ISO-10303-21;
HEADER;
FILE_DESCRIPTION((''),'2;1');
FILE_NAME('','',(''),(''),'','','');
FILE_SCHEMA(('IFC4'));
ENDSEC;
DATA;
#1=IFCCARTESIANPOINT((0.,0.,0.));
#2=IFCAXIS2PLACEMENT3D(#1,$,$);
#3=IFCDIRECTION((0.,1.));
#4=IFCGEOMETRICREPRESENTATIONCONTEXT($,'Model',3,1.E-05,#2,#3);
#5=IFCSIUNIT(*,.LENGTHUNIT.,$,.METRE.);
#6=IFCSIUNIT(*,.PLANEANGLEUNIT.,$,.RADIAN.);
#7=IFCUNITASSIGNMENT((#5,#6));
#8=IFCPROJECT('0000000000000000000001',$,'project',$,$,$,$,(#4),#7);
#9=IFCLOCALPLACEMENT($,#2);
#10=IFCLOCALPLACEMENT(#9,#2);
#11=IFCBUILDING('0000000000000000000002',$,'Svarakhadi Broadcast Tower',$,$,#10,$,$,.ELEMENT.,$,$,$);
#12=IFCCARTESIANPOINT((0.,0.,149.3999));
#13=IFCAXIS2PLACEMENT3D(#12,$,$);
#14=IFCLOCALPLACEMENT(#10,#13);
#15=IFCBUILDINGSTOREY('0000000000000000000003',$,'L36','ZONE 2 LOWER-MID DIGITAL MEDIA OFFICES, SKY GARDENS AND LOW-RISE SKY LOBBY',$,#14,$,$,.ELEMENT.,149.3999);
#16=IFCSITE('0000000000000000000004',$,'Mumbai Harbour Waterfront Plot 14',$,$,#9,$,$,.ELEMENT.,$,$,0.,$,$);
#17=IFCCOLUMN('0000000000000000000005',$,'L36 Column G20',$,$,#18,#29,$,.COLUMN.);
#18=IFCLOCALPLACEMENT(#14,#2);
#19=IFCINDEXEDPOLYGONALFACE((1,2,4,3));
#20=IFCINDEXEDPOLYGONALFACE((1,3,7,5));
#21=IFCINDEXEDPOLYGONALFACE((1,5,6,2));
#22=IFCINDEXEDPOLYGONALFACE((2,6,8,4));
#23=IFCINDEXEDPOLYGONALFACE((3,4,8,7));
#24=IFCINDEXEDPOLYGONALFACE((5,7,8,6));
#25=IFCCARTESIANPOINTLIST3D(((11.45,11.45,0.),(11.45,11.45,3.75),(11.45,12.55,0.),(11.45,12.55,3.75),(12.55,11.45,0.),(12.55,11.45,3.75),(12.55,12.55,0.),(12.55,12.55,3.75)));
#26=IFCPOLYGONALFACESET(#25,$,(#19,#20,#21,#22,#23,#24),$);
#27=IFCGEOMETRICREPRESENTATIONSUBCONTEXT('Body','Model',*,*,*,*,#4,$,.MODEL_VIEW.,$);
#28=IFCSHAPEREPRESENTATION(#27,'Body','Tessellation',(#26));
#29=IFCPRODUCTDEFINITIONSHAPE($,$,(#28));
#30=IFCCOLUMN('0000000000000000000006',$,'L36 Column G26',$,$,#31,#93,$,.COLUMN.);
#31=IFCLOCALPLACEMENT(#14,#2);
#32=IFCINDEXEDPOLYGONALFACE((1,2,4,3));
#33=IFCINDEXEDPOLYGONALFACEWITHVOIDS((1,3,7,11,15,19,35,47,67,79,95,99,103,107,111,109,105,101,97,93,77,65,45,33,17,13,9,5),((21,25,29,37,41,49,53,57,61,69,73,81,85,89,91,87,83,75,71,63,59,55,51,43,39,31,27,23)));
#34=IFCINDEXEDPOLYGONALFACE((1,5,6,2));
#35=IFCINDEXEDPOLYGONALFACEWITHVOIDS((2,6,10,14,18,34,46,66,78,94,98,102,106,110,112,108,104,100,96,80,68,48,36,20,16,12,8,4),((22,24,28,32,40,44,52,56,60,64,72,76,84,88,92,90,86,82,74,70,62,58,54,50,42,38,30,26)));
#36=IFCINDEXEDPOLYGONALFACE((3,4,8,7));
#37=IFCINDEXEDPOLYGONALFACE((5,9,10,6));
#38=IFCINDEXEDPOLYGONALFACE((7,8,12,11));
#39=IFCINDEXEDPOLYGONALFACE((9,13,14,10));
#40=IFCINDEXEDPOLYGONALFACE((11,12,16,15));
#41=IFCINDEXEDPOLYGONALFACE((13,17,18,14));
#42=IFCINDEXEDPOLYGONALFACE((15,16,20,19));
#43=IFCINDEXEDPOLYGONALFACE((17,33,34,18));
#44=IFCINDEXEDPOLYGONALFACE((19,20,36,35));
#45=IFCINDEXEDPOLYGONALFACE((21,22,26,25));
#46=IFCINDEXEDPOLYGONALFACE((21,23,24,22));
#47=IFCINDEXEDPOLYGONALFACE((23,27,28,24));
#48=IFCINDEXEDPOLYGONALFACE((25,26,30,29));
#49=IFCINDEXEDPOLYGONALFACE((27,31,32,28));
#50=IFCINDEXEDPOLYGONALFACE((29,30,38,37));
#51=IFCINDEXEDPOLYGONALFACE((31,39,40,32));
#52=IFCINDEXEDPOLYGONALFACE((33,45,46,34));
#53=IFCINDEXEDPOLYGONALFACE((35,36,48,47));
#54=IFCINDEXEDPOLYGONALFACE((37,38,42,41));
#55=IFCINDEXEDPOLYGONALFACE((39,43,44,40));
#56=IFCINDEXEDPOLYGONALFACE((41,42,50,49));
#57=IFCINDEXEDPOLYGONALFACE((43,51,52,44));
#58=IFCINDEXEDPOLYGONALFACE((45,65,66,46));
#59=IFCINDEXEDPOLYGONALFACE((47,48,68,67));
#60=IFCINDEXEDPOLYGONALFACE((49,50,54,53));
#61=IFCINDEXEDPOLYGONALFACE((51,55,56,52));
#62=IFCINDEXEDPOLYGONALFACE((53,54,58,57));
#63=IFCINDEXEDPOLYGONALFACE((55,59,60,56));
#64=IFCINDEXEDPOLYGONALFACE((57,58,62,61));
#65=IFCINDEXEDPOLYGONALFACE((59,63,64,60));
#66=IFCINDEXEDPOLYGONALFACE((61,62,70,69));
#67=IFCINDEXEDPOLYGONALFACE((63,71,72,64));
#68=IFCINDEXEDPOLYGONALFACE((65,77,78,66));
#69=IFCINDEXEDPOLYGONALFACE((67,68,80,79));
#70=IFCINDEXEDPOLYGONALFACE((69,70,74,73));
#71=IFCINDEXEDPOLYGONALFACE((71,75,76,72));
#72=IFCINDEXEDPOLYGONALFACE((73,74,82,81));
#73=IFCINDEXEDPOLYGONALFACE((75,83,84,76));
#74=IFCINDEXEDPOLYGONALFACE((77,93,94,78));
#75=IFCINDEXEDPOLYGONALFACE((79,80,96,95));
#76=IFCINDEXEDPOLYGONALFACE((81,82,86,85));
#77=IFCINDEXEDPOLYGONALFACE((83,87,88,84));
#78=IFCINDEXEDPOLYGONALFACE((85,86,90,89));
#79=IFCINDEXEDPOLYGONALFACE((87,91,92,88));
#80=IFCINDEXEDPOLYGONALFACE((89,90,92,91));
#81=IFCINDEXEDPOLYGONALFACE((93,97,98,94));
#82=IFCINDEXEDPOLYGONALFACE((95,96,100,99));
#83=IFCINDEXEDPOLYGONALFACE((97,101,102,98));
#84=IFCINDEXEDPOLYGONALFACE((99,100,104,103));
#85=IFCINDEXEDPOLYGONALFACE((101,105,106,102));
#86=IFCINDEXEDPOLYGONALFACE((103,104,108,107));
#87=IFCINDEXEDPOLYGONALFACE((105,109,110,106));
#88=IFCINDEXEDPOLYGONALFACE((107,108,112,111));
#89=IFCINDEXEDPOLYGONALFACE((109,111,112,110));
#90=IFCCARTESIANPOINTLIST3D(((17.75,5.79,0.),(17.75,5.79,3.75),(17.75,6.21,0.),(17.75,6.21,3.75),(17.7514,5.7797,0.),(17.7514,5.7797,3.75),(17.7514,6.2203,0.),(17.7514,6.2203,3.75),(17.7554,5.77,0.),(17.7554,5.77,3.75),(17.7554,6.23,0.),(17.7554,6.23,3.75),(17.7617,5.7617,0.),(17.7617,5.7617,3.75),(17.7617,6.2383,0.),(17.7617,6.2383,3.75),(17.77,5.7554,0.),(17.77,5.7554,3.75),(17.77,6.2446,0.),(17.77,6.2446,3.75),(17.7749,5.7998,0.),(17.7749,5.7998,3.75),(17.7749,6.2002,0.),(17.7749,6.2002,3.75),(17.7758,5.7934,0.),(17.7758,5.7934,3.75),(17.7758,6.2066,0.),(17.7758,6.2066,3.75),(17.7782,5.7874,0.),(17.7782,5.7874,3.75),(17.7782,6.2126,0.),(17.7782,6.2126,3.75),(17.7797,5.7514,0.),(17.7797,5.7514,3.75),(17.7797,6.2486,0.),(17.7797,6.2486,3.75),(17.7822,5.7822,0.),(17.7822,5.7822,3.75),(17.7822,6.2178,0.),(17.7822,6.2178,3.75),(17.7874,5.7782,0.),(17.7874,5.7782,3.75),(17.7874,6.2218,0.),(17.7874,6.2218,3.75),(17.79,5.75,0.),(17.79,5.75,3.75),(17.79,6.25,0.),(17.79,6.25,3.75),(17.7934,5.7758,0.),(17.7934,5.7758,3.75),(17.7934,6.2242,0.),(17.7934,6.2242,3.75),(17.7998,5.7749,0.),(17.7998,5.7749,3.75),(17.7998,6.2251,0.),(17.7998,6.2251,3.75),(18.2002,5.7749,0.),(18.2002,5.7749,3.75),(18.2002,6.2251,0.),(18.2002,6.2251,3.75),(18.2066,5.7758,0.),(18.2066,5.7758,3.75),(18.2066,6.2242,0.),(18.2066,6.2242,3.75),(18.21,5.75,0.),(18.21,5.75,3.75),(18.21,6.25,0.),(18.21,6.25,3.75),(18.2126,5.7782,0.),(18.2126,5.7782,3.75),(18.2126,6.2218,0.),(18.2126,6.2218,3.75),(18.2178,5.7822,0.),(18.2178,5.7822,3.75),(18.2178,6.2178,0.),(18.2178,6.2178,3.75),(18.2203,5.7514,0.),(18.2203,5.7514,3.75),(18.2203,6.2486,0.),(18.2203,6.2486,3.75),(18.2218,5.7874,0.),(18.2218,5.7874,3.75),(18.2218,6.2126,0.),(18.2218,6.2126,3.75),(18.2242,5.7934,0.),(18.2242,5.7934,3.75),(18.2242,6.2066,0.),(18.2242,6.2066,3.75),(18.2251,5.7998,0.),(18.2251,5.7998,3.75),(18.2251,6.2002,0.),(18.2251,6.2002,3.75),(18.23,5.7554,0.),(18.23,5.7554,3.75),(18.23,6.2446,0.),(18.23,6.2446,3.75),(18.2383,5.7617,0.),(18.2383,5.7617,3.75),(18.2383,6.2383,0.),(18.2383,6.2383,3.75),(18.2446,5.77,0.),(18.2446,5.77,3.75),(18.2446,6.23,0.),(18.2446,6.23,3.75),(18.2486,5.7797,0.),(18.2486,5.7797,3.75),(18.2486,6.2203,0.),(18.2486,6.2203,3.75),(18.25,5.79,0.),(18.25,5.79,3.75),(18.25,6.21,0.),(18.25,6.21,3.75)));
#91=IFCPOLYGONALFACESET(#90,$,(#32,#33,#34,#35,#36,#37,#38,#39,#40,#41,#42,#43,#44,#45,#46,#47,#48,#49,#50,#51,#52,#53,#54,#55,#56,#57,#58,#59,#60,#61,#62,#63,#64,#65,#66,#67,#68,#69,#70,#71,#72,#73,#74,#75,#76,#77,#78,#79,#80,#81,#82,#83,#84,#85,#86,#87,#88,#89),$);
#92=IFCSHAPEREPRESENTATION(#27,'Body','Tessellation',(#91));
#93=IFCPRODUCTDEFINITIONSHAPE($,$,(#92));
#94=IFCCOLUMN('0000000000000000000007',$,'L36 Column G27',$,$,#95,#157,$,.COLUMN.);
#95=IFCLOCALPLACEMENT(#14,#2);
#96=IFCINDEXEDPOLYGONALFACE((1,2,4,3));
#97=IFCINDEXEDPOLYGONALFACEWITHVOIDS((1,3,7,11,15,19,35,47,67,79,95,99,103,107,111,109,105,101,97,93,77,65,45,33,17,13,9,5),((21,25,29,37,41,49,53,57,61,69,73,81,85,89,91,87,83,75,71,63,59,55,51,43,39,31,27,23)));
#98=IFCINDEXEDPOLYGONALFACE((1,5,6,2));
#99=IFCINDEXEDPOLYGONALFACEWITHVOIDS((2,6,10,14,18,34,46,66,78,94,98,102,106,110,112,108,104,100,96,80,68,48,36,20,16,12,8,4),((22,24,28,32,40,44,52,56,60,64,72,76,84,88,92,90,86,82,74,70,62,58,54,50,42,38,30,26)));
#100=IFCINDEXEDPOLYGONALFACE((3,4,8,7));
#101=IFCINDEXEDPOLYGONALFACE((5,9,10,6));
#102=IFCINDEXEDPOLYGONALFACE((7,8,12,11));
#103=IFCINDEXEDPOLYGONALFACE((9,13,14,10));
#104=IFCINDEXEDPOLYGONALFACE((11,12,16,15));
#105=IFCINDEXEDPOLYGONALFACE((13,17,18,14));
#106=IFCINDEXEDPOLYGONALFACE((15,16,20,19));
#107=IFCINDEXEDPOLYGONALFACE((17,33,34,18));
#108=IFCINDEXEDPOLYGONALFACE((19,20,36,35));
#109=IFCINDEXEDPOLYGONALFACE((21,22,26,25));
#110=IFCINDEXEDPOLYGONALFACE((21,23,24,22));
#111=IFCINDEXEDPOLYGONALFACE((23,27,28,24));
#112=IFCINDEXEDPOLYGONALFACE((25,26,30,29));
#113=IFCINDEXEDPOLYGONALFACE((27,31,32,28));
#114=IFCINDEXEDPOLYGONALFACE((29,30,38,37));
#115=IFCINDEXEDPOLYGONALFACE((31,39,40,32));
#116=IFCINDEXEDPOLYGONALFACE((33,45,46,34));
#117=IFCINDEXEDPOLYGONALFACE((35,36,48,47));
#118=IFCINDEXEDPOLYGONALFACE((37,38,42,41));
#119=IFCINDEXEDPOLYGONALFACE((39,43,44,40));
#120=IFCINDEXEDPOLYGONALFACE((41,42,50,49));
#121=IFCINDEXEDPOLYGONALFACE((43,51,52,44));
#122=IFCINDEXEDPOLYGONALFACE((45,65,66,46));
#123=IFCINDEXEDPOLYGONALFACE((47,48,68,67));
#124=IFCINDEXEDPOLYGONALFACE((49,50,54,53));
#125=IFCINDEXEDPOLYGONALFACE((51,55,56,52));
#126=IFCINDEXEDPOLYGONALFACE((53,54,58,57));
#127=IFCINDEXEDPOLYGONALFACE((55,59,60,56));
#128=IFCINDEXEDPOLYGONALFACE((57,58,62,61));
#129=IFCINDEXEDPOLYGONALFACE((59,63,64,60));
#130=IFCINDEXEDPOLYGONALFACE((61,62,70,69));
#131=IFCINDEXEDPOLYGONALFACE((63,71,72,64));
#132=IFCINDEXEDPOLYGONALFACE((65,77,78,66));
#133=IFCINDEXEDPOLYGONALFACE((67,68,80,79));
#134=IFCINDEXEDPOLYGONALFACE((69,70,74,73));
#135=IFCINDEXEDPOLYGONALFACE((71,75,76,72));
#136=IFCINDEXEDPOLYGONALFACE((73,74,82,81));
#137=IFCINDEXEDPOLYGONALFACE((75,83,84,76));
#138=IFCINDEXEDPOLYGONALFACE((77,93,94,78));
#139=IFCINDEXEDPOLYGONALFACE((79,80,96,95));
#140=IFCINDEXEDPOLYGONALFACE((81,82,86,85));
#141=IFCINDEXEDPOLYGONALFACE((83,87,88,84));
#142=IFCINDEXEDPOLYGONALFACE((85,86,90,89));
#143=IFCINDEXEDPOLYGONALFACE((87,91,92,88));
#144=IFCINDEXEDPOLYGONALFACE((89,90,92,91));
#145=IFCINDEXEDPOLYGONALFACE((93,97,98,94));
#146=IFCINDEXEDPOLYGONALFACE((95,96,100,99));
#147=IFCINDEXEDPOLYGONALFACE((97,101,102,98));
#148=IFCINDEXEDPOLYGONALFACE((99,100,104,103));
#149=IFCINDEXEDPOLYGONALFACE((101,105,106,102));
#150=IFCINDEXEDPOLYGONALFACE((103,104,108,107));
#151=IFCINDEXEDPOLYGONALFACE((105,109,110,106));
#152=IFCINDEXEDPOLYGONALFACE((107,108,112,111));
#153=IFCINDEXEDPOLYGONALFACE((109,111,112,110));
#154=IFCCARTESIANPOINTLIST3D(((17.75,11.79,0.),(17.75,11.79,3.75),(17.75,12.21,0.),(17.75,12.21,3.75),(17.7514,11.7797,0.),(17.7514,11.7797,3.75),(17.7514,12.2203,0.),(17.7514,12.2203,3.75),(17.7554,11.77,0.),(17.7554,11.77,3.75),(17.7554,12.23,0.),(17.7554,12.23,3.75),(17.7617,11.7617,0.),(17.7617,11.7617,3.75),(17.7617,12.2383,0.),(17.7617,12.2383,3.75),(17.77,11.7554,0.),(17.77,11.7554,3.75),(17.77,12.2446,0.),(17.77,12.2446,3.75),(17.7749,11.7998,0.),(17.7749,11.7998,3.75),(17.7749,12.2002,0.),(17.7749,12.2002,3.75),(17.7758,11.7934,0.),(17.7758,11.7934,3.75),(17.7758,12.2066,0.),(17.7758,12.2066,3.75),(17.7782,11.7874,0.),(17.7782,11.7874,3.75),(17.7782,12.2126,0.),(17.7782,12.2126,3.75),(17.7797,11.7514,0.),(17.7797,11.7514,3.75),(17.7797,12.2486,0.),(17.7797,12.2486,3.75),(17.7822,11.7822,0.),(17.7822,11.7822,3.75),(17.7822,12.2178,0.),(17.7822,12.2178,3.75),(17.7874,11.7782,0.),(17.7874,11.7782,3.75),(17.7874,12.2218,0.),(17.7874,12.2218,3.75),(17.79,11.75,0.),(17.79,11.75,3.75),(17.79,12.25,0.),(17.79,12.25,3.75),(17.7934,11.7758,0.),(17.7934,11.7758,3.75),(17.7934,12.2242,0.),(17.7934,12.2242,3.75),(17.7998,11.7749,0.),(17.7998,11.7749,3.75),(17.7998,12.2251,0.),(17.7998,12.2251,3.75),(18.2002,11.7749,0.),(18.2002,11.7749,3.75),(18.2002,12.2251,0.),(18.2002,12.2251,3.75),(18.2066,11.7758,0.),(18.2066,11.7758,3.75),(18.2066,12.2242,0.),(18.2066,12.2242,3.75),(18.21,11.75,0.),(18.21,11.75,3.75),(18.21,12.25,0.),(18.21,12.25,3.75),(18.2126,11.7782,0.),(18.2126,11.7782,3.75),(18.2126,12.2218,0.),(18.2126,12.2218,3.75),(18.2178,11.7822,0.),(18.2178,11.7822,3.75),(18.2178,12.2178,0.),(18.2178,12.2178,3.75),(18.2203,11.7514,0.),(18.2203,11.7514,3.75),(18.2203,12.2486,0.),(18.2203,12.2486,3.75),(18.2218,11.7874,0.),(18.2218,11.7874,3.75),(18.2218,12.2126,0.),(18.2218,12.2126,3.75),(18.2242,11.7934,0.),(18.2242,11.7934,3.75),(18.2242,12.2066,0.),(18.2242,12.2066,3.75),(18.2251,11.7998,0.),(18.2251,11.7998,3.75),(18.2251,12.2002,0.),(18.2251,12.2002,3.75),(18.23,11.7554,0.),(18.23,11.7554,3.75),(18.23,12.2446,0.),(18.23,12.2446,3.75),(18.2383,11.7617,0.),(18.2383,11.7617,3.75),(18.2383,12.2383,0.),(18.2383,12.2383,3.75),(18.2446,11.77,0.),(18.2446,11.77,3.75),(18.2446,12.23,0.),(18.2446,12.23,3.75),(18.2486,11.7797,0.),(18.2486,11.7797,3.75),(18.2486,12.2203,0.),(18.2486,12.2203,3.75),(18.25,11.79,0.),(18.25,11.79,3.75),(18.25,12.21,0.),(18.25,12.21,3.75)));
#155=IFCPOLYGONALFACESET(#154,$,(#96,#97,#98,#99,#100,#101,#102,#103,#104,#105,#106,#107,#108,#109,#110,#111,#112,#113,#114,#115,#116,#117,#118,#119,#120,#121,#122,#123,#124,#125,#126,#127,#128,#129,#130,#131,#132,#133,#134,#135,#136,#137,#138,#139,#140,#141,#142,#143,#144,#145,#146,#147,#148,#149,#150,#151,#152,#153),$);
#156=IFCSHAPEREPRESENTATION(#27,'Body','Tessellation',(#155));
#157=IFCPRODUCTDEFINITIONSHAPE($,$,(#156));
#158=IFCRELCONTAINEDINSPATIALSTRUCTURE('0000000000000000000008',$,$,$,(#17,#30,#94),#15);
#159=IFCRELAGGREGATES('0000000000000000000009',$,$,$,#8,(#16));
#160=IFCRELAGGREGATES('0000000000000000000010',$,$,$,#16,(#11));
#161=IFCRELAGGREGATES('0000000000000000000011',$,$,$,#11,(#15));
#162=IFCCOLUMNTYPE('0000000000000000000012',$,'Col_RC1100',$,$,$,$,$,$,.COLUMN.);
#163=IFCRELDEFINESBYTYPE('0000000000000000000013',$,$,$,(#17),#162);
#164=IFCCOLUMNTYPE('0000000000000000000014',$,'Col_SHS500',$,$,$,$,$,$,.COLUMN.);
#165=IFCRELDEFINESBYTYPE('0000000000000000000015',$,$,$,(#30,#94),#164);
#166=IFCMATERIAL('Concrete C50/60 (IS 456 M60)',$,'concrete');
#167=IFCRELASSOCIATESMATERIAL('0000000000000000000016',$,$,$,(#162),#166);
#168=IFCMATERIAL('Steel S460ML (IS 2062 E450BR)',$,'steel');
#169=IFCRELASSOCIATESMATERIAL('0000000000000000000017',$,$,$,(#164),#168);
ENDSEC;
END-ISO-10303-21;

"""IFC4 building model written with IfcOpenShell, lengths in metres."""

from ifc_helpers import new_model, si_unit, direction, frame, origin, origin_2d, place, context, subcontext, project, spatial, rectangle, hollow_rectangle, extrude, material, material_profile, profile_set, type_object, element, save


model = new_model("IFC4")

# Units and contexts
model_context = context("Model", 3, precision=1e-05, world=origin(), true_north=direction((0.0, 1.0)))
body_context = subcontext(model_context, "Body", "Model", "MODEL_VIEW")
ifc_project = project(units=[si_unit("LENGTHUNIT", "METRE"), si_unit("PLANEANGLEUNIT", "RADIAN")], contexts=[model_context])

# Site, building, storey
site_placement = place(None, origin())
site = spatial("IfcSite", under=ifc_project, at=site_placement, Name="Mumbai Harbour Waterfront Plot 14", CompositionType="ELEMENT", RefElevation=0.0)
building_placement = place(site_placement, origin())
building = spatial("IfcBuilding", under=site, at=building_placement, Name="Svarakhadi Broadcast Tower", CompositionType="ELEMENT")
storey_placement = place(building_placement, frame((0.0, 0.0, 149.3999)))
storey = spatial("IfcBuildingStorey", under=building, at=storey_placement, Name="L36", Description="ZONE 2 LOWER-MID DIGITAL MEDIA OFFICES, SKY GARDENS AND LOW-RISE SKY LOBBY", CompositionType="ELEMENT", Elevation=149.3999)

# Columns
ifc_material_1 = material(Name="Concrete C50/60 (IS 456 M60)", Category="concrete")
ifc_material_profile_1 = material_profile(ifc_material_1, rectangle(XDim=1.1001, YDim=1.1001, at=origin_2d()), Name="RC 1100x1100")
ifc_profile_set_1 = profile_set([ifc_material_profile_1], Name="Concrete C50/60 (IS 456 M60)")
column_type_1 = type_object("IfcColumnType", Name="Col_RC1100", PredefinedType="COLUMN", material=ifc_profile_set_1)
column_placement = place(storey_placement, frame((12.0, 12.0, 0.0), z_axis=(0.0, 0.0, 1.0), x_axis=(1.0, 0.0, 0.0)))
element("IfcColumn", 1, at=column_placement, inside=storey, type_object=column_type_1, Name="L36 Column G20", PredefinedType="COLUMN", context=body_context, shape_type="SweptSolid", body=[
    extrude(rectangle(XDim=1.1001, YDim=1.1001, at=origin_2d()), origin(), (0.0, 0.0, 1.0), 3.75),
])
ifc_material_2 = material(Name="Steel S460ML (IS 2062 E450BR)", Category="steel")
ifc_material_profile_2 = material_profile(ifc_material_2, hollow_rectangle(XDim=0.5, YDim=0.5, WallThickness=0.0249, InnerFilletRadius=0.0249, OuterFilletRadius=0.04, at=origin_2d()), Name="SHS 500x500x25")
ifc_profile_set_2 = profile_set([ifc_material_profile_2], Name="Steel S460ML (IS 2062 E450BR)")
column_type_2 = type_object("IfcColumnType", Name="Col_SHS500", PredefinedType="COLUMN", material=ifc_profile_set_2)
for number, where, z_axis, x_axis, name in (
    (2, (18.0, 6.0, 0.0), (0.0, 0.0, 1.0), (1.0, 0.0, 0.0), "L36 Column G26"),
    (3, (18.0, 12.0, 0.0), (0.0, 0.0, 1.0), (1.0, 0.0, 0.0), "L36 Column G27"),
):
    element("IfcColumn", number, at=place(storey_placement, frame(where, z_axis=z_axis, x_axis=x_axis)), inside=storey, type_object=column_type_2, Name=name, PredefinedType="COLUMN", context=body_context, shape_type="SweptSolid", body=[
        extrude(hollow_rectangle(XDim=0.5, YDim=0.5, WallThickness=0.0249, InnerFilletRadius=0.0249, OuterFilletRadius=0.04, at=origin_2d()), origin(), (0.0, 0.0, 1.0), 3.75),
    ])

save(model, "model.ifc")
